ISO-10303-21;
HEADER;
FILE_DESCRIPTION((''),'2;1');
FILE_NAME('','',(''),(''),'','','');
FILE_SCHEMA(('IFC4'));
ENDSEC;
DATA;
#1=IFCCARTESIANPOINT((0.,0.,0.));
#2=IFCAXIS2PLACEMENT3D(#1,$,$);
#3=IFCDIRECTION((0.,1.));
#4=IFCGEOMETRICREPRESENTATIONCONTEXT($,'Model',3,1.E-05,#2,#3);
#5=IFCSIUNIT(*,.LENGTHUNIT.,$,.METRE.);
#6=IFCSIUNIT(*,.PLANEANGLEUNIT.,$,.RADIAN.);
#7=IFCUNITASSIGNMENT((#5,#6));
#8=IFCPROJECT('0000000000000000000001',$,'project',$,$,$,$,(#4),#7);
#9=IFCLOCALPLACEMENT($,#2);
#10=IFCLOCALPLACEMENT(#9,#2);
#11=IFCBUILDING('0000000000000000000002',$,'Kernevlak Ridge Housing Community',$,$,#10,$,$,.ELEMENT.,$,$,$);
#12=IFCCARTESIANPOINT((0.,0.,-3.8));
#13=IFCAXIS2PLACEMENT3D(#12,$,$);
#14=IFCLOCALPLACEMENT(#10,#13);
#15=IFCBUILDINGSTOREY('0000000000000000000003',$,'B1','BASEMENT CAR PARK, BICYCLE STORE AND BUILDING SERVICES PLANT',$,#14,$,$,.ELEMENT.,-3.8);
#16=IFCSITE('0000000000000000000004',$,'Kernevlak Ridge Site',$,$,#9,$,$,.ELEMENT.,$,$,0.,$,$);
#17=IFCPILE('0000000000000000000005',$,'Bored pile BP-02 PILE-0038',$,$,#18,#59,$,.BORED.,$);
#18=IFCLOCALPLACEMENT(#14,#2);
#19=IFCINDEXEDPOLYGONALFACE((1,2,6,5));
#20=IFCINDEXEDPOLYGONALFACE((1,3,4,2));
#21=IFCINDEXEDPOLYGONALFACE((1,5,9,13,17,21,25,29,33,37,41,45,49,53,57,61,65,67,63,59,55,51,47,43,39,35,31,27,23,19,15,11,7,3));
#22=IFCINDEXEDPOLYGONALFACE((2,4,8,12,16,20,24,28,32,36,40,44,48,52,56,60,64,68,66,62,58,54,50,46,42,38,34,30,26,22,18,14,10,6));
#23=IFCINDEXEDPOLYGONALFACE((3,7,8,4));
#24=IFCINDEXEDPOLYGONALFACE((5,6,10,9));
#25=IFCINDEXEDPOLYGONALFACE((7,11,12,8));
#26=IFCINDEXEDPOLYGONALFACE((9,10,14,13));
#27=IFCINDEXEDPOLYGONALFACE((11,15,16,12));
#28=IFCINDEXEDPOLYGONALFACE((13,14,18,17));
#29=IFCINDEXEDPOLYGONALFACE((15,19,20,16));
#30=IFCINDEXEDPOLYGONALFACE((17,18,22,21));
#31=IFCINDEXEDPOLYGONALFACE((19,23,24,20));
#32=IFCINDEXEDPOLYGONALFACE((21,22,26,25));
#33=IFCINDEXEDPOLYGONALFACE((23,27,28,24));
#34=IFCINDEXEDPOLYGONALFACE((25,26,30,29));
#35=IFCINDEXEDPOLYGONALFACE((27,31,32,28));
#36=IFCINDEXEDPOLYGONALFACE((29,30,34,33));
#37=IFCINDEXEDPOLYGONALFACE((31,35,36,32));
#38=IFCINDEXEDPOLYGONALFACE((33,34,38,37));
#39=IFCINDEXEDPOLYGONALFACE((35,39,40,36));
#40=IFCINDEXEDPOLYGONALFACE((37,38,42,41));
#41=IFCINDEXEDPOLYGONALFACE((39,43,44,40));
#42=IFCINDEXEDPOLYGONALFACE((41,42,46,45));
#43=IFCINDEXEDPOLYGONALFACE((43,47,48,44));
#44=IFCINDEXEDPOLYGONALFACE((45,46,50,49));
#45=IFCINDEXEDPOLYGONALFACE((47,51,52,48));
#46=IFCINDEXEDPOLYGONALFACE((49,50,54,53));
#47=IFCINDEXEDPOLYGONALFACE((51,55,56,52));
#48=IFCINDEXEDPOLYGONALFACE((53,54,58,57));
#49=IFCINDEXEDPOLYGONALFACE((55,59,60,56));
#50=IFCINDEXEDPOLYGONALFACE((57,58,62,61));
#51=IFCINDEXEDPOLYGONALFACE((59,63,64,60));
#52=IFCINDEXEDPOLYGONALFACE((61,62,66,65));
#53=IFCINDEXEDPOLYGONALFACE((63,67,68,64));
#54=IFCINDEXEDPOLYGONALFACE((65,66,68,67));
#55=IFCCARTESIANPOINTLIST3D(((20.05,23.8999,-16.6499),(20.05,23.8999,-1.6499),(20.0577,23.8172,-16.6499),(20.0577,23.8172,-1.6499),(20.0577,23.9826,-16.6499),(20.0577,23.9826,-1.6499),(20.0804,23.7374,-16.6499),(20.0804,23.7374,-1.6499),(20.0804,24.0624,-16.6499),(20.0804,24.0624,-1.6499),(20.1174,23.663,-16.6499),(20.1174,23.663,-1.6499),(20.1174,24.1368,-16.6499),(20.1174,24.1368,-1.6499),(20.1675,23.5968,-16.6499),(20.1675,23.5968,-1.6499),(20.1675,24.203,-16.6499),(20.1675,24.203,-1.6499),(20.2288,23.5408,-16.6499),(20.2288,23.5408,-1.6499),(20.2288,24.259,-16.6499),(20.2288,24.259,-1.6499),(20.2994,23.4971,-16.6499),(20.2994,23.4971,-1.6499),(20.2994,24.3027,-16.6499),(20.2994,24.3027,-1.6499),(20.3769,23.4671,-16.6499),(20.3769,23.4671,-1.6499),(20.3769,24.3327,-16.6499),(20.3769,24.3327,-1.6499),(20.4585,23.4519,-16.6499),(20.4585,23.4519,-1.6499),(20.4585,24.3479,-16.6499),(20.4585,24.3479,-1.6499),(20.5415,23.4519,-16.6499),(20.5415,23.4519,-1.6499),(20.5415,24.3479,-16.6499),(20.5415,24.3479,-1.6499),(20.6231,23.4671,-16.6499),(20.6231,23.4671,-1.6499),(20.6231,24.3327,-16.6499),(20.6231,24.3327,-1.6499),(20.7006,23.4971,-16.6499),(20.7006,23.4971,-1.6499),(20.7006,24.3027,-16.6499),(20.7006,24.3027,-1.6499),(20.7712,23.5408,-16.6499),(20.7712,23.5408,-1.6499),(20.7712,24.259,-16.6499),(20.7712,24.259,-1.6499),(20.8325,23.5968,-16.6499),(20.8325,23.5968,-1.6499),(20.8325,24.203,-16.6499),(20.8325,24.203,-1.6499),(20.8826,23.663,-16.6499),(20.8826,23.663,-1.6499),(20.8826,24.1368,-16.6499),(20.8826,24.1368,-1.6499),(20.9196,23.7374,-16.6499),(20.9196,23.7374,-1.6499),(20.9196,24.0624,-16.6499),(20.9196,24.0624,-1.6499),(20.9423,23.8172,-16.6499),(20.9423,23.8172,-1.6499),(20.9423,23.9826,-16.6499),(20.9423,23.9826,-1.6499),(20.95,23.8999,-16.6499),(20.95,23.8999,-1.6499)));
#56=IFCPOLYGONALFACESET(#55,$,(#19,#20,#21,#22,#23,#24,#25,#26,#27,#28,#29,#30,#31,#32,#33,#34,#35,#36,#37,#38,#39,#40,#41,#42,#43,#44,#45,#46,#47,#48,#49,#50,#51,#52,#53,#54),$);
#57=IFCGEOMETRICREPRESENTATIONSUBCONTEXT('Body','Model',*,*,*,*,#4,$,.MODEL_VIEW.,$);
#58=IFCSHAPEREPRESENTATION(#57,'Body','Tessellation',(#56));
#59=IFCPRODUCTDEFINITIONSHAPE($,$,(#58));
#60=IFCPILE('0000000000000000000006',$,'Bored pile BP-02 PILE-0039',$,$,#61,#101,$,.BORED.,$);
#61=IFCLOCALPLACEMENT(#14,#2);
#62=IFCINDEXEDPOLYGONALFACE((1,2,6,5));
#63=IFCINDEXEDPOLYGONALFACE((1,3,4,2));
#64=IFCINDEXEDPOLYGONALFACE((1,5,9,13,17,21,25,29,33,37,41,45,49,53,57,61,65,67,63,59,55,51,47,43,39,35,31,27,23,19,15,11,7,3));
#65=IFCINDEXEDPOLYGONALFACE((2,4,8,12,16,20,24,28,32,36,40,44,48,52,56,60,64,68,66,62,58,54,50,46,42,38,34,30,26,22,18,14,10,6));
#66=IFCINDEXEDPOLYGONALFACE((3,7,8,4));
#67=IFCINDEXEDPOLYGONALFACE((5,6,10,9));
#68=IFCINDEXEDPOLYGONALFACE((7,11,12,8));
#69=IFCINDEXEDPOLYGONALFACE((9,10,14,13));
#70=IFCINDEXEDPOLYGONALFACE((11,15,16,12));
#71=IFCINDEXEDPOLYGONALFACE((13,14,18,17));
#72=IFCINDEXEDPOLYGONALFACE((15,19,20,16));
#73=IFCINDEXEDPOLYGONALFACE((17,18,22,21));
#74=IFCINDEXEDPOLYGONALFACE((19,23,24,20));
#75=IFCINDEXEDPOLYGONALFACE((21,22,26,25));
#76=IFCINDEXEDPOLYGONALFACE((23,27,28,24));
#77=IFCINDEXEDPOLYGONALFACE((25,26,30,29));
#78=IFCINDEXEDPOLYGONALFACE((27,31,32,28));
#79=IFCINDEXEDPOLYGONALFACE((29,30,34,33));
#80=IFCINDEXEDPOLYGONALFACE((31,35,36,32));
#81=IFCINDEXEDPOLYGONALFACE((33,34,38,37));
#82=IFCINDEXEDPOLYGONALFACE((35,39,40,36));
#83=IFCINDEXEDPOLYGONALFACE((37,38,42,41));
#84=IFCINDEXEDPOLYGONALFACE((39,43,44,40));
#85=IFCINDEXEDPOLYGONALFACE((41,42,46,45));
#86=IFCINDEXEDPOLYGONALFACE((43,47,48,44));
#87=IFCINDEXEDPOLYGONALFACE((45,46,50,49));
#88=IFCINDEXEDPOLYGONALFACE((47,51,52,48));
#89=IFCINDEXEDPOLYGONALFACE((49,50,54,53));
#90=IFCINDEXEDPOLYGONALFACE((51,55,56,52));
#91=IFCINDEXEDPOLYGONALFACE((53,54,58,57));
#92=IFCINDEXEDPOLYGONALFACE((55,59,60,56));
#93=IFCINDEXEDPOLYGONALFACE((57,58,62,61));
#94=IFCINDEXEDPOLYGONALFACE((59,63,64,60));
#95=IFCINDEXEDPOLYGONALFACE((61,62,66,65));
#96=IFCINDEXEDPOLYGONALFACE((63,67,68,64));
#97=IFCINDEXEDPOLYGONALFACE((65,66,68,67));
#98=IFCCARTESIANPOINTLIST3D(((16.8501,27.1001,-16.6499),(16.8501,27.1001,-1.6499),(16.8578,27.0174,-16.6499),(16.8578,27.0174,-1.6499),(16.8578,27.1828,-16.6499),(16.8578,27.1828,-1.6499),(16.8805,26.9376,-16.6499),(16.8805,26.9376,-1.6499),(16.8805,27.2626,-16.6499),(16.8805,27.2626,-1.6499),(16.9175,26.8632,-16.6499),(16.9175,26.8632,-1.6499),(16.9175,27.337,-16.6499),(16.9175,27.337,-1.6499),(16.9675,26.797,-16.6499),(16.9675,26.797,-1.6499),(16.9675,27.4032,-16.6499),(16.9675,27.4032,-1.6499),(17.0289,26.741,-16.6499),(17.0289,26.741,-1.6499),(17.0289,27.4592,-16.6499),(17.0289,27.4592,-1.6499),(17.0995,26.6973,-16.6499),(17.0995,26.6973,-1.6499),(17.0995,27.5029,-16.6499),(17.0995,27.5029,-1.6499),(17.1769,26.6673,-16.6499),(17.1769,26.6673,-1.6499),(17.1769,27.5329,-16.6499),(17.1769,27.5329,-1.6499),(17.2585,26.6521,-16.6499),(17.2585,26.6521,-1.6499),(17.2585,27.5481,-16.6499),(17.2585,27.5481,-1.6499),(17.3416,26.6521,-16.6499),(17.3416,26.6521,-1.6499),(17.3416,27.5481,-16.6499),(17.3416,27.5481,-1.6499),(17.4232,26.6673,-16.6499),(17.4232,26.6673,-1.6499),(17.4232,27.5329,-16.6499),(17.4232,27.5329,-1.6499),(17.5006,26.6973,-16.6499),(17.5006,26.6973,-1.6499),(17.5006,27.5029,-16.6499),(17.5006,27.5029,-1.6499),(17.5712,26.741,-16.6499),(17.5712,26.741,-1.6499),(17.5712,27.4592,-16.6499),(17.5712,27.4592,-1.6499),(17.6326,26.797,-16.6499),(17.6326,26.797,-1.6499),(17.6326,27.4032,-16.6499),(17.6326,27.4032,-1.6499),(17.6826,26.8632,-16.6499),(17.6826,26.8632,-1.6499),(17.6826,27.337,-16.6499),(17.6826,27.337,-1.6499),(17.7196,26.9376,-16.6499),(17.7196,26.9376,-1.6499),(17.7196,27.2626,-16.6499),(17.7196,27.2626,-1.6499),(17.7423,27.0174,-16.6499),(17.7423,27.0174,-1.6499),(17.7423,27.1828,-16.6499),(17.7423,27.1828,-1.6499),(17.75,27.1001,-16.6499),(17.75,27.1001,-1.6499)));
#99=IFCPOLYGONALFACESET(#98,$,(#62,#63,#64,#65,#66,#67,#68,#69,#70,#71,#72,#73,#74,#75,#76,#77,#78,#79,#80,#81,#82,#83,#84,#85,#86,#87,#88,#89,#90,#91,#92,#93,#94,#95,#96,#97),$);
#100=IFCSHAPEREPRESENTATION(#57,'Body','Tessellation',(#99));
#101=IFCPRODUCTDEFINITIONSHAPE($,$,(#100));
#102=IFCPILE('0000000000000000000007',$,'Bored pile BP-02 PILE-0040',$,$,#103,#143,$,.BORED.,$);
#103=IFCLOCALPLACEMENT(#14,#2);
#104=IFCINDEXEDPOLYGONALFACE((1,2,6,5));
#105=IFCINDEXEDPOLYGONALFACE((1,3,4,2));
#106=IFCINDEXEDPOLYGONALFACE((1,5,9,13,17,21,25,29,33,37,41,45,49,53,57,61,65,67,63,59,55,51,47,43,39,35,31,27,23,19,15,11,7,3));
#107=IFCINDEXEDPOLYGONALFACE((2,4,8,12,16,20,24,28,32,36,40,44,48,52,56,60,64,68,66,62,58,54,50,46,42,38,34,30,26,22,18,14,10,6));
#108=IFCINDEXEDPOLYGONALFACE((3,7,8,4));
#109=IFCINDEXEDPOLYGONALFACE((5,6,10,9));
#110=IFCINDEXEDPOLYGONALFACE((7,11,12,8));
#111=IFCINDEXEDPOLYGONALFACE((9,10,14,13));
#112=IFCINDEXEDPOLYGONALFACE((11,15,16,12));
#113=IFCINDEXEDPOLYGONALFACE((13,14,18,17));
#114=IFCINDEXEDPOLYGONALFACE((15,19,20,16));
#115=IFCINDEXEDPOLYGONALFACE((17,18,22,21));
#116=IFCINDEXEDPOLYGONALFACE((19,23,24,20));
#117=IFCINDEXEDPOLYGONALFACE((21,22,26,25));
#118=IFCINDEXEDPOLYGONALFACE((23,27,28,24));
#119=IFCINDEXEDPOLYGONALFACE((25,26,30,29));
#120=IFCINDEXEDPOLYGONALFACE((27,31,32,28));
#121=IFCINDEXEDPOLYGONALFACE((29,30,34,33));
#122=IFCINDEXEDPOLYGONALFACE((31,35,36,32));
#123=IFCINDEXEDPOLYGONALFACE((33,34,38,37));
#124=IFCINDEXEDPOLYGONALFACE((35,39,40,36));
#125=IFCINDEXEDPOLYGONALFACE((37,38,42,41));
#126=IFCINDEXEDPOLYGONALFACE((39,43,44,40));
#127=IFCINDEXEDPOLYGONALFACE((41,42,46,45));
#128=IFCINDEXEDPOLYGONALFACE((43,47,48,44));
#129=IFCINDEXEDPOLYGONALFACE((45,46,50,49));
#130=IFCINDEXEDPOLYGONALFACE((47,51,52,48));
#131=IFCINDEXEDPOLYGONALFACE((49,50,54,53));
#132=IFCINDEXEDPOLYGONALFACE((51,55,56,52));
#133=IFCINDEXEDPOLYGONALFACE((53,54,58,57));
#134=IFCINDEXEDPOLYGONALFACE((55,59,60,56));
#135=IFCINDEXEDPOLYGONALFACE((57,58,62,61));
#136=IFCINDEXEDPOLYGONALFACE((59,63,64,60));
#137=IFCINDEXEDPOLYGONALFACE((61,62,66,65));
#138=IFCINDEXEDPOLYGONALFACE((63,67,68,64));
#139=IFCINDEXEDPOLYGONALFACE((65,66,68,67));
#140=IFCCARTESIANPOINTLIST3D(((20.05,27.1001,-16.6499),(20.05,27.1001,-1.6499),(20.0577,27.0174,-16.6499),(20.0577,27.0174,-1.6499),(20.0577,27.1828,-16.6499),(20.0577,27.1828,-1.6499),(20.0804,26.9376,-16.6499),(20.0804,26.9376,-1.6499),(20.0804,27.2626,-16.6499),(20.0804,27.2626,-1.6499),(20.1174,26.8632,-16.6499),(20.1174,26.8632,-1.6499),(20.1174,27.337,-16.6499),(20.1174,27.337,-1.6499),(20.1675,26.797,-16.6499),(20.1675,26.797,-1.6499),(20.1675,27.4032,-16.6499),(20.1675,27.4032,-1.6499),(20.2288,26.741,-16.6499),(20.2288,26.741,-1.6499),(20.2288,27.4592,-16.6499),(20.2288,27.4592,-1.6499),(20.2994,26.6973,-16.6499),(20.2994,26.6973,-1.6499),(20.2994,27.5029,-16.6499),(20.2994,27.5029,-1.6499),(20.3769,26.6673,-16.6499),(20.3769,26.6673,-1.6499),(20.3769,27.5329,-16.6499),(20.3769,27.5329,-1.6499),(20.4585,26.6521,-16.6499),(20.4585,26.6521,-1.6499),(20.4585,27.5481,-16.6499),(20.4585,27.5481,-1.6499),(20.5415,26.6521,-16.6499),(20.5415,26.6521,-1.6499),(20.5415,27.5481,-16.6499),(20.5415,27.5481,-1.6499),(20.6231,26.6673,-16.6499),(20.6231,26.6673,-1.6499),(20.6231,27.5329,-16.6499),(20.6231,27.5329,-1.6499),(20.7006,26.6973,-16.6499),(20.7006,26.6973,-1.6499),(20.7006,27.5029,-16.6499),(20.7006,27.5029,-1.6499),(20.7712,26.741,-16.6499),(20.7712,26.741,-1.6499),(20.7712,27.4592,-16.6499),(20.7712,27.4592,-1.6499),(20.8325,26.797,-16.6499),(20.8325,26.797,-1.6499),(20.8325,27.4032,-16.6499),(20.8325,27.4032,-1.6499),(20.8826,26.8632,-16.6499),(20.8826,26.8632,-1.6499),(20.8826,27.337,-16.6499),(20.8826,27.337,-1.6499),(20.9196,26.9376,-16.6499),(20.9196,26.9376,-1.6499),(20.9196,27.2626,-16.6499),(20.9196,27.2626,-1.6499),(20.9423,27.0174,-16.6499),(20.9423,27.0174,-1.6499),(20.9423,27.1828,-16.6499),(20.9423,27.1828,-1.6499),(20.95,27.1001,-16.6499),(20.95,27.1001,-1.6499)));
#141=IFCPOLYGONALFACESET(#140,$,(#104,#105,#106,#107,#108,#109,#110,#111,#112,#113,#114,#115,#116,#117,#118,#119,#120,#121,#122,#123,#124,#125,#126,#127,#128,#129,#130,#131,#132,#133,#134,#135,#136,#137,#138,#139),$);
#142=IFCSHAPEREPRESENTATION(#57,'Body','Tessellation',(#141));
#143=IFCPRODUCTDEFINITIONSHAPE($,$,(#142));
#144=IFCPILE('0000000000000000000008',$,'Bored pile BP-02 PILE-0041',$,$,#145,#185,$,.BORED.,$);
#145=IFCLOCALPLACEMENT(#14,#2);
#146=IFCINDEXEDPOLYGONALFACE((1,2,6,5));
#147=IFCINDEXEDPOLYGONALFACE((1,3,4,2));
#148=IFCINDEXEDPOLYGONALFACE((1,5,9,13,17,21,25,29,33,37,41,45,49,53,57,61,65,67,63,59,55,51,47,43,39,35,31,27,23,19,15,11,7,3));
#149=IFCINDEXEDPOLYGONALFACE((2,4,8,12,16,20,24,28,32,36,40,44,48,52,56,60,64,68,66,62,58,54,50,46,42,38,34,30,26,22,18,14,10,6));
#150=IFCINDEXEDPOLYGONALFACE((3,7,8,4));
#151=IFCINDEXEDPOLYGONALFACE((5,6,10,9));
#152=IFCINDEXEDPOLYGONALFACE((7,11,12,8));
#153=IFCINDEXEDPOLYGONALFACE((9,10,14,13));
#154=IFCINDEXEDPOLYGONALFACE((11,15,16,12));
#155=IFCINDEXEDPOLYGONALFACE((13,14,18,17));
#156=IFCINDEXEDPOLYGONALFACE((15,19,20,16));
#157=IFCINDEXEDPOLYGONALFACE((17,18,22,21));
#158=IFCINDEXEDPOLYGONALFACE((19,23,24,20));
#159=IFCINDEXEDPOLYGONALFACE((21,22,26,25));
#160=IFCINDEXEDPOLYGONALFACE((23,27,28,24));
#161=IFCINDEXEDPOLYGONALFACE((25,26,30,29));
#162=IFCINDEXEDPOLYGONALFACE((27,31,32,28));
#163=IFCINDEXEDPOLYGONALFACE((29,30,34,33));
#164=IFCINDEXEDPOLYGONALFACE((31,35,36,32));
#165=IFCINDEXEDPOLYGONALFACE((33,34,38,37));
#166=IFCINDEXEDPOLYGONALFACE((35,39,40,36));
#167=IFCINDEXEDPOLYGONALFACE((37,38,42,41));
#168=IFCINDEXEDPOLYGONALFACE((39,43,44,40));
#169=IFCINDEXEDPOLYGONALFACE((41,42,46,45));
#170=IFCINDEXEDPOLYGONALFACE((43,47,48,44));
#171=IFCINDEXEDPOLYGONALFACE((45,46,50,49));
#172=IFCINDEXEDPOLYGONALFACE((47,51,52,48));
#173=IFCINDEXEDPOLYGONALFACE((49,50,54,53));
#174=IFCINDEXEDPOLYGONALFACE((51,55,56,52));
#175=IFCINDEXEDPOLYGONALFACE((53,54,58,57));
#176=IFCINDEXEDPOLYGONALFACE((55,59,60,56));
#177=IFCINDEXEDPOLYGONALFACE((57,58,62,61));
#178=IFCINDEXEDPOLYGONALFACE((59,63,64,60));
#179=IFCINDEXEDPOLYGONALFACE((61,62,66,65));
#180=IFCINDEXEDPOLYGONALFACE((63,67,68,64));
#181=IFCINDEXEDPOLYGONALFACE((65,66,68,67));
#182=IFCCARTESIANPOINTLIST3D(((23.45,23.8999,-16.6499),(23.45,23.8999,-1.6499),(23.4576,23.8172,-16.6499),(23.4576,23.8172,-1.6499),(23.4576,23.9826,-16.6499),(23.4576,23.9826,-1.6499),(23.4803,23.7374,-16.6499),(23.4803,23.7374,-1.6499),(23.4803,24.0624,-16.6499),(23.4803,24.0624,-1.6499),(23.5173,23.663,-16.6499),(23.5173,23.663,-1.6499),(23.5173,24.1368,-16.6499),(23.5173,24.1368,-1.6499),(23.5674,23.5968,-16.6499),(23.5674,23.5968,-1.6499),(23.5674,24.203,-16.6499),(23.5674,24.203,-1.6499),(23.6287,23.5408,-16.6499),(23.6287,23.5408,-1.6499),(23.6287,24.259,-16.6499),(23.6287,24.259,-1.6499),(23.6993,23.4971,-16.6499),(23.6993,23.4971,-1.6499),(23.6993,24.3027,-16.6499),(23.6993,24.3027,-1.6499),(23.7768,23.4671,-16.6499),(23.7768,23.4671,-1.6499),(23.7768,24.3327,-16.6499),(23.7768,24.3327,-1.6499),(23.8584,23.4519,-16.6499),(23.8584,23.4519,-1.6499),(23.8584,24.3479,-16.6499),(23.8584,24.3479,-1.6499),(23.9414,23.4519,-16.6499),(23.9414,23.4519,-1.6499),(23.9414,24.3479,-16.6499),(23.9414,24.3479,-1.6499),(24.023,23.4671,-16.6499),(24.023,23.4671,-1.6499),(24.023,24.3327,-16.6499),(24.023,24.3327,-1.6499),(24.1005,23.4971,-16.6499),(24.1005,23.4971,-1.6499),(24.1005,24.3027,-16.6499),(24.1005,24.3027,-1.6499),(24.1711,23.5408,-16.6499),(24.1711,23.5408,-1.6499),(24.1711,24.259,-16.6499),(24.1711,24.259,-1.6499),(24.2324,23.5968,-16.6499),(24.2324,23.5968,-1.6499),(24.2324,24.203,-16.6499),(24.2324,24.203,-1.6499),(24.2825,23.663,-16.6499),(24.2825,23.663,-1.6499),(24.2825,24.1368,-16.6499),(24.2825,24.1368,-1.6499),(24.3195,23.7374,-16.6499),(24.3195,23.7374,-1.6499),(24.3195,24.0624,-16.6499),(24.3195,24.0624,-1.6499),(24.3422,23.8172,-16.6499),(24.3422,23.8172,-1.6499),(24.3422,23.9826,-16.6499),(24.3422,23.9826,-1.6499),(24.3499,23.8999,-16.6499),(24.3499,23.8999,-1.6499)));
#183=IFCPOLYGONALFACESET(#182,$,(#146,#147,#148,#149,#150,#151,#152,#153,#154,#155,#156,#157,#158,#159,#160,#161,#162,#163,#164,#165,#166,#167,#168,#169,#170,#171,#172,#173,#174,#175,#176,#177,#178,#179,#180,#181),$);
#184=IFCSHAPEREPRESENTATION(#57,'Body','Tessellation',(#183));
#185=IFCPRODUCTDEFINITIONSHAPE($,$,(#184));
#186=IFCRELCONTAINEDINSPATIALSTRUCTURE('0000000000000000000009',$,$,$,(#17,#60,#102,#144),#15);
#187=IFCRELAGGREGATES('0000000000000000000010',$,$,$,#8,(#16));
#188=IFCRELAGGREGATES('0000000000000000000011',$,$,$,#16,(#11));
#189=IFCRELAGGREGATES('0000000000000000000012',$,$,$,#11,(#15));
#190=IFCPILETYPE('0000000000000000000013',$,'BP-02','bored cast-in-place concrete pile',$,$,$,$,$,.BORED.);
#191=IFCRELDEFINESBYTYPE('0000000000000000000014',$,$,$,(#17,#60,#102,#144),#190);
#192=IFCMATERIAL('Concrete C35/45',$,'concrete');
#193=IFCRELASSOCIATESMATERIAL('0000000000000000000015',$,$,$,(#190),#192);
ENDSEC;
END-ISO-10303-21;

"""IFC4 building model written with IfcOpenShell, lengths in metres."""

from ifc_helpers import new_model, si_unit, direction, frame, origin, origin_2d, place, context, subcontext, project, spatial, circle, extrude, material, material_profile, profile_set, type_object, element, save


model = new_model("IFC4")

# Units and contexts
model_context = context("Model", 3, precision=1e-05, world=origin(), true_north=direction((0.0, 1.0)))
body_context = subcontext(model_context, "Body", "Model", "MODEL_VIEW")
ifc_project = project(units=[si_unit("LENGTHUNIT", "METRE"), si_unit("PLANEANGLEUNIT", "RADIAN")], contexts=[model_context])

# Site, building, storey
site_placement = place(None, origin())
site = spatial("IfcSite", under=ifc_project, at=site_placement, Name="Kernevlak Ridge Site", CompositionType="ELEMENT", RefElevation=0.0)
building_placement = place(site_placement, origin())
building = spatial("IfcBuilding", under=site, at=building_placement, Name="Kernevlak Ridge Housing Community", CompositionType="ELEMENT")
storey_placement = place(building_placement, frame((0.0, 0.0, -3.8)))
storey = spatial("IfcBuildingStorey", under=building, at=storey_placement, Name="B1", Description="BASEMENT CAR PARK, BICYCLE STORE AND BUILDING SERVICES PLANT", CompositionType="ELEMENT", Elevation=-3.8)

# Piles
ifc_material_1 = material(Name="Concrete C35/45", Category="concrete")
ifc_material_profile = material_profile(ifc_material_1, circle(Radius=0.45, at=origin_2d()), Name="BORED PILE 900")
ifc_profile_set = profile_set([ifc_material_profile], Name="Concrete C35/45")
pile_type = type_object("IfcPileType", Name="BP-02", Description="bored cast-in-place concrete pile", PredefinedType="BORED", material=ifc_profile_set)
for number, where, z_axis, x_axis, name in (
    (1, (20.5, 23.8999, -1.6499), (0.0, 0.0, -1.0), (1.0, 0.0, 0.0), "Bored pile BP-02 PILE-0038"),
    (2, (17.3, 27.1001, -1.6499), (0.0, 0.0, -1.0), (1.0, 0.0, 0.0), "Bored pile BP-02 PILE-0039"),
    (3, (20.5, 27.1001, -1.6499), (0.0, 0.0, -1.0), (1.0, 0.0, 0.0), "Bored pile BP-02 PILE-0040"),
    (4, (23.8999, 23.8999, -1.6499), (0.0, 0.0, -1.0), (1.0, 0.0, 0.0), "Bored pile BP-02 PILE-0041"),
):
    element("IfcPile", number, at=place(storey_placement, frame(where, z_axis=z_axis, x_axis=x_axis)), inside=storey, type_object=pile_type, Name=name, PredefinedType="BORED", context=body_context, shape_type="SweptSolid", body=[
        extrude(circle(Radius=0.45, at=origin_2d()), origin(), (0.0, 0.0, 1.0), 15.0),
    ])

save(model, "model.ifc")
